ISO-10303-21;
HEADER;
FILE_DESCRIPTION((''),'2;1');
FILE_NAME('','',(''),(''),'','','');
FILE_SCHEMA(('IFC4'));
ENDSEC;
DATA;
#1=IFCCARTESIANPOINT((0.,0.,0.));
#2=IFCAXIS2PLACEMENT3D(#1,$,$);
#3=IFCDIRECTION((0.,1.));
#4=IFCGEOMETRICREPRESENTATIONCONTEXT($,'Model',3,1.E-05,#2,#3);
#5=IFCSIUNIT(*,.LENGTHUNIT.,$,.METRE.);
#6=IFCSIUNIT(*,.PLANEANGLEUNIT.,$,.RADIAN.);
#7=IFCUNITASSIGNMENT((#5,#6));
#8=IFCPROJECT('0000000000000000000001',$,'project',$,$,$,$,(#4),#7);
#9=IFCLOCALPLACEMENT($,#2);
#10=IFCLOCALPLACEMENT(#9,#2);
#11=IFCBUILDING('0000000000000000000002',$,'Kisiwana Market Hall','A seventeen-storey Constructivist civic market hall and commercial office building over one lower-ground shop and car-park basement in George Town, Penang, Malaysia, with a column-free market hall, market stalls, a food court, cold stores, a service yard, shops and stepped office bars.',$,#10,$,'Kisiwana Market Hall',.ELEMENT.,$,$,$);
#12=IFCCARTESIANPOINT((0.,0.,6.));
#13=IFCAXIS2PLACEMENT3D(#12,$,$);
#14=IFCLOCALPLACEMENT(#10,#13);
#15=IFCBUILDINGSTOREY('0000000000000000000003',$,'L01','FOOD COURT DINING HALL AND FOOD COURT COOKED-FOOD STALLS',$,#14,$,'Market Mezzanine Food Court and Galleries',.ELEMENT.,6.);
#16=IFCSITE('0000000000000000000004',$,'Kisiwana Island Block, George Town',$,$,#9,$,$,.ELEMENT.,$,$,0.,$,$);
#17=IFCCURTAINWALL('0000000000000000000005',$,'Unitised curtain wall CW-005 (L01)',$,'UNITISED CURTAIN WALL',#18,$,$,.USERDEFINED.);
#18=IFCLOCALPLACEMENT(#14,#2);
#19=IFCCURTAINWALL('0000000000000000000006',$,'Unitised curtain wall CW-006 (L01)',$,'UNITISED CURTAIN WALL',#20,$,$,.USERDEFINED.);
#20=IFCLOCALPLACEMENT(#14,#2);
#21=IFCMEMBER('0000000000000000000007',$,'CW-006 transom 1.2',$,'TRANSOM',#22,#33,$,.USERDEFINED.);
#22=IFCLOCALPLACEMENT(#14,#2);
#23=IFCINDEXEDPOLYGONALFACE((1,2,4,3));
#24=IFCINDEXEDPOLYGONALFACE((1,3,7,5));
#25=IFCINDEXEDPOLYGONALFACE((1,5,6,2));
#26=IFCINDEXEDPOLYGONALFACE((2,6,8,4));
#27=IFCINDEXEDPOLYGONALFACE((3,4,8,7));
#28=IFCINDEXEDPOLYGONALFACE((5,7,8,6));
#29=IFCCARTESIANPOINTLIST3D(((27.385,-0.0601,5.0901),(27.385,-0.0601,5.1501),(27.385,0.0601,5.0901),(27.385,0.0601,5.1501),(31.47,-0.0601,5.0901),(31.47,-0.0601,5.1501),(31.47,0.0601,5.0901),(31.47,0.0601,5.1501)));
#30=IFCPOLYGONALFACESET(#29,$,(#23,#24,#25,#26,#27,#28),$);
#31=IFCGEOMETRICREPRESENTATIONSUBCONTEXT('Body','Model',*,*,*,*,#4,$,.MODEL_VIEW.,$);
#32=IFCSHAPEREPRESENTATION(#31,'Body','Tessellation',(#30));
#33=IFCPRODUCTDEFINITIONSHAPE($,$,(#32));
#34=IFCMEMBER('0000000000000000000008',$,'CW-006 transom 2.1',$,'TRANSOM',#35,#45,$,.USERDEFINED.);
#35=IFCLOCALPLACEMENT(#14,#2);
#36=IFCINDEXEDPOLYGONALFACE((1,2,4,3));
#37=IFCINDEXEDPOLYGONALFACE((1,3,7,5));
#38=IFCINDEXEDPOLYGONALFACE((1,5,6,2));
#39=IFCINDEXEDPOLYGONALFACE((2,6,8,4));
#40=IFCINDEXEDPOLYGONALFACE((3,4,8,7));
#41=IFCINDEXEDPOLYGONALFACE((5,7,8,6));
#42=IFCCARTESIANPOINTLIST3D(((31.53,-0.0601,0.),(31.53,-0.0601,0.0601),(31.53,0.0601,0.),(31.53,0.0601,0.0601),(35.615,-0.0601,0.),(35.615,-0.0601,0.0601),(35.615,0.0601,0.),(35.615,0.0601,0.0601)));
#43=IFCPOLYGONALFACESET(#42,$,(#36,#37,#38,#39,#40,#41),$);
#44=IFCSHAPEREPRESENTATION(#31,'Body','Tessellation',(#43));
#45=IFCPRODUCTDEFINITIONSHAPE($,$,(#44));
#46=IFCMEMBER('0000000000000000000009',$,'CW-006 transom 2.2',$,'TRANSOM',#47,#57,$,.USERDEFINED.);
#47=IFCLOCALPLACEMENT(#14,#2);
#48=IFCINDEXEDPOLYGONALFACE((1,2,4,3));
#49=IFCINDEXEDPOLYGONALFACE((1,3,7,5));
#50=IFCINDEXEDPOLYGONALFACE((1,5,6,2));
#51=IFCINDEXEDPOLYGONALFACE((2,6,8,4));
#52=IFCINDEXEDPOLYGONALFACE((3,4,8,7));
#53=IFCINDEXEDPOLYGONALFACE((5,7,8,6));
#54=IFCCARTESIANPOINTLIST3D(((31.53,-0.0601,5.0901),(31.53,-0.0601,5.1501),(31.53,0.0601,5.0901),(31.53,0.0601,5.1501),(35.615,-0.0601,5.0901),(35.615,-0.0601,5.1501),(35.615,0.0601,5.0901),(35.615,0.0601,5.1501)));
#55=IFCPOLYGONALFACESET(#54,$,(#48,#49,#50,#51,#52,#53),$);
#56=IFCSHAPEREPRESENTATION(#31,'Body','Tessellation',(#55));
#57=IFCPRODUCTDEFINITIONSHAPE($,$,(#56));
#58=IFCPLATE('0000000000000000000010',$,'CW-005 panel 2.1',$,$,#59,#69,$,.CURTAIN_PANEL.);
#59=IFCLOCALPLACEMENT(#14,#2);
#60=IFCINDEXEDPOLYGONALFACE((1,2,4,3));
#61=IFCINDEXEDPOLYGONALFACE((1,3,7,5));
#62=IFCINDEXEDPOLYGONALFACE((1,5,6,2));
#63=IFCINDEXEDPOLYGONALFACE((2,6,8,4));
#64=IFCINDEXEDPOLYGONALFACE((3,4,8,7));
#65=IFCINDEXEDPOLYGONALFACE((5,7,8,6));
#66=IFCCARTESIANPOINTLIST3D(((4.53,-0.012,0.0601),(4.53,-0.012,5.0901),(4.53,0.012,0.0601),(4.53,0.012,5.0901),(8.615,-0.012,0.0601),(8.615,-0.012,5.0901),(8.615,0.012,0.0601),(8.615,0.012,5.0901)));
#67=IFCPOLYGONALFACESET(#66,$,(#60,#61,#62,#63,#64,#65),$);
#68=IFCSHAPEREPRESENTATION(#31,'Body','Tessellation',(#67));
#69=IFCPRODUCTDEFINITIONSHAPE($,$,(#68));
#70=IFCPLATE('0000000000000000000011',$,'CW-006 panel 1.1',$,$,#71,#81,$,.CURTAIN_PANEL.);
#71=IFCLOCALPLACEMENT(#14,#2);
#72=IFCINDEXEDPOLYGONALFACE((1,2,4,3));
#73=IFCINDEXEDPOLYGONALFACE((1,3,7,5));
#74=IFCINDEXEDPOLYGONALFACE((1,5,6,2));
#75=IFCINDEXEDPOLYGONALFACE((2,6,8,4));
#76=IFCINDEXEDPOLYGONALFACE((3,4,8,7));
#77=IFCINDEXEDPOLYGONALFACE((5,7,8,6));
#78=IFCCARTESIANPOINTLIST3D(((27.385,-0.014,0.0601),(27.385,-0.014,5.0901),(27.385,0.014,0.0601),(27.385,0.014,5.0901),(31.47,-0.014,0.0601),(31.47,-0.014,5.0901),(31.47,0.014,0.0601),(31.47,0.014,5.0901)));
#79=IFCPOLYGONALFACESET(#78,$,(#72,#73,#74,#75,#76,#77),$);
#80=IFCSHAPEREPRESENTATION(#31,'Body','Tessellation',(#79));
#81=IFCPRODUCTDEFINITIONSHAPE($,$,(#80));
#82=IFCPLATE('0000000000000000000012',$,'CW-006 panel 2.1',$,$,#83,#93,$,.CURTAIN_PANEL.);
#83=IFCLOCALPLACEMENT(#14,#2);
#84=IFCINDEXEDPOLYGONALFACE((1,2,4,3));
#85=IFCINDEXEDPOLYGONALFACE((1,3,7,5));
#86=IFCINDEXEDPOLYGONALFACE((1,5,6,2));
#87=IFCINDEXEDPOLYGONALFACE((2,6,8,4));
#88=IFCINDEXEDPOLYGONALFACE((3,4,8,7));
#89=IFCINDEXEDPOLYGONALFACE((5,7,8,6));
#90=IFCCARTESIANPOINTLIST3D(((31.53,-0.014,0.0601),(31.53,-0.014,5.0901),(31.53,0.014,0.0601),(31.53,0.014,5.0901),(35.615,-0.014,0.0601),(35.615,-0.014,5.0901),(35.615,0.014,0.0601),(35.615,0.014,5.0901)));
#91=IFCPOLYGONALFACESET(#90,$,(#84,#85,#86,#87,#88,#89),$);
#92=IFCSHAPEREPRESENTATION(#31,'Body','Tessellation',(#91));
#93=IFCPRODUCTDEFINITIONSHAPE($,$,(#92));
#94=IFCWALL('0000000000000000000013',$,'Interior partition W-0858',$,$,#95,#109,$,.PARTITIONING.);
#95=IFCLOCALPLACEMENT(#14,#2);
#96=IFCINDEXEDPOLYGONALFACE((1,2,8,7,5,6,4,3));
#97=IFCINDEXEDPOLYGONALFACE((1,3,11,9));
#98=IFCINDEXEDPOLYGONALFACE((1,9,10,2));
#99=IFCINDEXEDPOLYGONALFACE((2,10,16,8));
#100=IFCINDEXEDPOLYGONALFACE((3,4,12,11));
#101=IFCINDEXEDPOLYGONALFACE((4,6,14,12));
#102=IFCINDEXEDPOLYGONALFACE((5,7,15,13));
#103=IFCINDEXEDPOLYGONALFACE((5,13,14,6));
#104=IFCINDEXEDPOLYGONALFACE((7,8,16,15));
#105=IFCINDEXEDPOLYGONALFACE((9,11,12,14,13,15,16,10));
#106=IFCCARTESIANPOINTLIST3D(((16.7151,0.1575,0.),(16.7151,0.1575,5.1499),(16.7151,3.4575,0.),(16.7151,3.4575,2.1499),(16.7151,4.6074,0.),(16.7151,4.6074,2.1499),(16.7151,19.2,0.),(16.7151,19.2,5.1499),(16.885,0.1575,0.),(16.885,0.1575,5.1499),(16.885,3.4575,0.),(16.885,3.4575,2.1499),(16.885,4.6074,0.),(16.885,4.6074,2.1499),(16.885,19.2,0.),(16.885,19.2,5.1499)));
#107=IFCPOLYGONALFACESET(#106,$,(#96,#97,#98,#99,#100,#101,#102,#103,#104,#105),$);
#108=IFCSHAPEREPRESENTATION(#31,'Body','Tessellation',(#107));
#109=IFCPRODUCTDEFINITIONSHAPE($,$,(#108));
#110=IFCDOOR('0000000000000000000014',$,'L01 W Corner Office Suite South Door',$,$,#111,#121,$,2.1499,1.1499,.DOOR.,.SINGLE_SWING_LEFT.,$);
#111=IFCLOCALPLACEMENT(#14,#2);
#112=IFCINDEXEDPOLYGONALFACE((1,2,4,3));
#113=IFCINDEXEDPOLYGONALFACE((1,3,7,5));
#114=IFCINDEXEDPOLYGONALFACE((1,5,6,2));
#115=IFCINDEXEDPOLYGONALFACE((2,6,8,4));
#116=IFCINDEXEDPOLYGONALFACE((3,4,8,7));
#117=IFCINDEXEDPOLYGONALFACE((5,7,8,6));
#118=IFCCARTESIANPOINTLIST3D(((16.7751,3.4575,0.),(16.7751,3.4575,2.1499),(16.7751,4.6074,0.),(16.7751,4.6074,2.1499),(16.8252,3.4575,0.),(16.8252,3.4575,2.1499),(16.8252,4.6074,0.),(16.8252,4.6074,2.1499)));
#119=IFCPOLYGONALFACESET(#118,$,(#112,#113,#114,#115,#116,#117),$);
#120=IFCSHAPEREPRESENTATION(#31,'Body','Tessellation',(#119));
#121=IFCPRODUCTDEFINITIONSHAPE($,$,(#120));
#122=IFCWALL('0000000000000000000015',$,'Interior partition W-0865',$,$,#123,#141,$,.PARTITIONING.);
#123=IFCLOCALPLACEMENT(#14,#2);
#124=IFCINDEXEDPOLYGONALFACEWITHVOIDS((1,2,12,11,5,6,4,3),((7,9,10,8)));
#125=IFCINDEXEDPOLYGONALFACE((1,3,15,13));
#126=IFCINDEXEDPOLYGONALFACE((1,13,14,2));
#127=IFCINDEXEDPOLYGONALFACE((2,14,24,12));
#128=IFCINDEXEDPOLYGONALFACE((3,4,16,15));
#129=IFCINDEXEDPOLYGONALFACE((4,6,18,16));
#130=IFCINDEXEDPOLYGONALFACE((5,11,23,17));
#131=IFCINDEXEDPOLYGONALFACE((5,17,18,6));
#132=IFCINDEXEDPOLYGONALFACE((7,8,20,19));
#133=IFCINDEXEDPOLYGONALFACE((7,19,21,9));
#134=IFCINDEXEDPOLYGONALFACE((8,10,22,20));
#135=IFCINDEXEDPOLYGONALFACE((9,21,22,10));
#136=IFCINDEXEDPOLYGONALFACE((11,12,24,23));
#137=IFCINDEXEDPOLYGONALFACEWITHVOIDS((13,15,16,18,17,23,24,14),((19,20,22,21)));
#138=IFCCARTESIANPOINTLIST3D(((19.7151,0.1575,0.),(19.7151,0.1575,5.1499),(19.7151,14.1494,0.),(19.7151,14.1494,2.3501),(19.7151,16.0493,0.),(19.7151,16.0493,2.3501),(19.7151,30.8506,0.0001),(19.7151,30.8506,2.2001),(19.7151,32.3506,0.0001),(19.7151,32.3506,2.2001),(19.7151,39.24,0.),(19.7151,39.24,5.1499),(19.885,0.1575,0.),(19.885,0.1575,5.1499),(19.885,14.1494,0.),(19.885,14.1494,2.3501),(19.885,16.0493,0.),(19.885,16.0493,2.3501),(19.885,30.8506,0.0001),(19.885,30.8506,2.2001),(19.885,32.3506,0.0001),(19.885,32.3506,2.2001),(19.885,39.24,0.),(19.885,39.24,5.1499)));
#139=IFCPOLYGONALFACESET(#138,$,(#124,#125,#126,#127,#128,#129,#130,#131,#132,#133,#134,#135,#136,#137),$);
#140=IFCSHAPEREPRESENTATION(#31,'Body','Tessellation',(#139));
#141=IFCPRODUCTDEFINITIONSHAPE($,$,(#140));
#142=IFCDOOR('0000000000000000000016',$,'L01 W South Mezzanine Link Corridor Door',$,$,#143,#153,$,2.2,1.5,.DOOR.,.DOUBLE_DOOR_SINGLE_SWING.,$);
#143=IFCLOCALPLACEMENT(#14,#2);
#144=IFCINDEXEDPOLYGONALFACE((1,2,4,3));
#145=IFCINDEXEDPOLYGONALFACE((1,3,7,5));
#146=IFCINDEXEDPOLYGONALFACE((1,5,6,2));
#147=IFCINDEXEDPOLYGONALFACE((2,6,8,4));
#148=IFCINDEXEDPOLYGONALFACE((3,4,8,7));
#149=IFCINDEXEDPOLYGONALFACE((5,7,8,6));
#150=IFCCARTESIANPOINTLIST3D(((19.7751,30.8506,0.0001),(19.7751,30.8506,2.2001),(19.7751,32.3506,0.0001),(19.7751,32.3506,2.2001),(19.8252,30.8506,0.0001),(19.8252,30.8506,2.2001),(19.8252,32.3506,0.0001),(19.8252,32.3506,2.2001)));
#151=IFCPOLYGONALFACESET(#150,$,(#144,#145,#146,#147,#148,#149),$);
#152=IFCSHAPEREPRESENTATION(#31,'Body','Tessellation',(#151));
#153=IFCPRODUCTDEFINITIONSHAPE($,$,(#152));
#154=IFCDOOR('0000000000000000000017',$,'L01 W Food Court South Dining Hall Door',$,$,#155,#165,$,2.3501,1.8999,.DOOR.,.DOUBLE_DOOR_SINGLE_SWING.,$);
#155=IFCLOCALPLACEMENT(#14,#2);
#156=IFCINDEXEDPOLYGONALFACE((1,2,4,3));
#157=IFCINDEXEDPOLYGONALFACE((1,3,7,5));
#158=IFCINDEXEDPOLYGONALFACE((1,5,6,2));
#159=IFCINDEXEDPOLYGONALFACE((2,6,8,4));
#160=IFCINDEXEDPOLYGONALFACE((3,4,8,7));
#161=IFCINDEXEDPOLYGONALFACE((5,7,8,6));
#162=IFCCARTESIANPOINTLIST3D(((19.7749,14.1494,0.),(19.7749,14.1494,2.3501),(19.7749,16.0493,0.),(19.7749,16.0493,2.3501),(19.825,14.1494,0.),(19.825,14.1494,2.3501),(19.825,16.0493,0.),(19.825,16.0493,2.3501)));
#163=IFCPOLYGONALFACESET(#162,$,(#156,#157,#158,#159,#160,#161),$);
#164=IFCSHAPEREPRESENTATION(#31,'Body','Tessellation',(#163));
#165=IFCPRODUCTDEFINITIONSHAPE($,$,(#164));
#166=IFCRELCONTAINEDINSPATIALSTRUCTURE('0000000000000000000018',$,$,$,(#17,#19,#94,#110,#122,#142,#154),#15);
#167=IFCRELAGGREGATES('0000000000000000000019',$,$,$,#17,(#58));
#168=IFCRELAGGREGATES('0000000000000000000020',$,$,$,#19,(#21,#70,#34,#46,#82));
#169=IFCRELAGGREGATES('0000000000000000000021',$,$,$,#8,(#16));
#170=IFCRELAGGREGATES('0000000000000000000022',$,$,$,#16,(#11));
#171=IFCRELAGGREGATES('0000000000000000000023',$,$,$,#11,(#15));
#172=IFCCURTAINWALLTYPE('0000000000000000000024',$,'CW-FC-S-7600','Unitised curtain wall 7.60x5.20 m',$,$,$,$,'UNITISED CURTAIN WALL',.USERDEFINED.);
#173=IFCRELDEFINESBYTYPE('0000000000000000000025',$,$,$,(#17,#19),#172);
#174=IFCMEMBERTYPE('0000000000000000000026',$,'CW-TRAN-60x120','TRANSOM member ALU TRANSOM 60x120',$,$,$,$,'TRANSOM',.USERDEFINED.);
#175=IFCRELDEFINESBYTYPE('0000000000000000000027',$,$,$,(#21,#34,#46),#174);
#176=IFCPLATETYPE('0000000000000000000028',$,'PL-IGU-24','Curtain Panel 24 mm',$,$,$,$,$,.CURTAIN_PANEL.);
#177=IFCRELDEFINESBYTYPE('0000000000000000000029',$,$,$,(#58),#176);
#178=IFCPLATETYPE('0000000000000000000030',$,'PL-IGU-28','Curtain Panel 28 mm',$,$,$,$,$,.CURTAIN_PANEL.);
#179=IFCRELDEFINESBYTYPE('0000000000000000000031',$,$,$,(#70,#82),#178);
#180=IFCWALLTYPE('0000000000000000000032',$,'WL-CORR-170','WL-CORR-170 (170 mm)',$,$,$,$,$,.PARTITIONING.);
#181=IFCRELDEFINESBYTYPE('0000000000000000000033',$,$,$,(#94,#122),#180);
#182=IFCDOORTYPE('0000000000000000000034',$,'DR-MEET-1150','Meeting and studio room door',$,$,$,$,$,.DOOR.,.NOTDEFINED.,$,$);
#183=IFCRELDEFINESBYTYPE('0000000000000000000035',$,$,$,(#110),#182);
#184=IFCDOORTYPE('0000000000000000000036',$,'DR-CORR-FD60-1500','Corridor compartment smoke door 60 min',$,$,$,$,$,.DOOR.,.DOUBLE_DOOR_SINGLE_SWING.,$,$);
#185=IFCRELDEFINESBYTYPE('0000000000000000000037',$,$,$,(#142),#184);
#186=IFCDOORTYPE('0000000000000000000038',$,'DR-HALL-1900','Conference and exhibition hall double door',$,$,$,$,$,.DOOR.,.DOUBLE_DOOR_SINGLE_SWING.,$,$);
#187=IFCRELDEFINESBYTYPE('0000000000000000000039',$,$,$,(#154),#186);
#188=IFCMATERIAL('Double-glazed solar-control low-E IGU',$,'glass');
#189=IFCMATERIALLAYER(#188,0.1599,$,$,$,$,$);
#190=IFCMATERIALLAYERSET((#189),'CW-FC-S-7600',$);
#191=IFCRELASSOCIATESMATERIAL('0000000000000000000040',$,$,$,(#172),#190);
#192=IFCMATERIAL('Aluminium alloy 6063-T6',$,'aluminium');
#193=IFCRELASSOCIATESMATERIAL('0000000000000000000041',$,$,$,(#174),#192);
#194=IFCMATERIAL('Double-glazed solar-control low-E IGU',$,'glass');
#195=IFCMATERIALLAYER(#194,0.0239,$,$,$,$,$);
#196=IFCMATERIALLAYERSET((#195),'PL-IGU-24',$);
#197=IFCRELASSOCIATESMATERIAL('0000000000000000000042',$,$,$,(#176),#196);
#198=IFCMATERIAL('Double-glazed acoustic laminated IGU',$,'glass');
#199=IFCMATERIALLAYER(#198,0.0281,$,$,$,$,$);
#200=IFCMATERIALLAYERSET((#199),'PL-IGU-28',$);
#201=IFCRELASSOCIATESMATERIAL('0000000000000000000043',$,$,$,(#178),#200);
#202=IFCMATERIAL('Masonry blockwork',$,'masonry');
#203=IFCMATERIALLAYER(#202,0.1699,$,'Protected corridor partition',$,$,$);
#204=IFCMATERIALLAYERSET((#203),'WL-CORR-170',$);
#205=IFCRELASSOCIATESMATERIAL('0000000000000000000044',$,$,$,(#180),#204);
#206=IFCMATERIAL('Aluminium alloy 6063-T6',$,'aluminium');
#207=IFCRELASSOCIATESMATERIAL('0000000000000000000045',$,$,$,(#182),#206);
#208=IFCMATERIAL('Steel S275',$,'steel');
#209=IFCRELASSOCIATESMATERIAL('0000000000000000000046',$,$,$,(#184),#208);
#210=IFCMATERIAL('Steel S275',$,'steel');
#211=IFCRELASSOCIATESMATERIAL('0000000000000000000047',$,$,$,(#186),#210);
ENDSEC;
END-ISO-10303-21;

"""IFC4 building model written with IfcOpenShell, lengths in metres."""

from ifc_helpers import new_model, si_unit, direction, frame, frame_2d, origin, origin_2d, place, context, subcontext, project, spatial, rectangle, extrude, material, layer, layer_set, material_profile, profile_set, type_object, element, fill, aggregate, save


model = new_model("IFC4")

# Units and contexts
model_context = context("Model", 3, precision=1e-05, world=origin(), true_north=direction((0.0, 1.0)))
body_context = subcontext(model_context, "Body", "Model", "MODEL_VIEW")
ifc_project = project(units=[si_unit("LENGTHUNIT", "METRE"), si_unit("PLANEANGLEUNIT", "RADIAN")], contexts=[model_context])

# Site, building, storey
site_placement = place(None, origin())
site = spatial("IfcSite", under=ifc_project, at=site_placement, Name="Kisiwana Island Block, George Town", CompositionType="ELEMENT", RefElevation=0.0)
building_placement = place(site_placement, origin())
building = spatial("IfcBuilding", under=site, at=building_placement, Name="Kisiwana Market Hall", Description="A seventeen-storey Constructivist civic market hall and commercial office building over one lower-ground shop and car-park basement in George Town, Penang, Malaysia, with a column-free market hall, market stalls, a food court, cold stores, a service yard, shops and stepped office bars.", LongName="Kisiwana Market Hall", CompositionType="ELEMENT")
storey_placement = place(building_placement, frame((0.0, 0.0, 6.0)))
storey = spatial("IfcBuildingStorey", under=building, at=storey_placement, Name="L01", Description="FOOD COURT DINING HALL AND FOOD COURT COOKED-FOOD STALLS", LongName="Market Mezzanine Food Court and Galleries", CompositionType="ELEMENT", Elevation=6.0)

# Curtain wall
ifc_material_1 = material(Name="Double-glazed solar-control low-E IGU", Category="glass")
ifc_layer_1 = layer(ifc_material_1, 0.1599)
ifc_layer_set_1 = layer_set([ifc_layer_1], Name="CW-FC-S-7600")
curtain_wall_type = type_object("IfcCurtainWallType", Name="CW-FC-S-7600", Description="Unitised curtain wall 7.60x5.20 m", ElementType="UNITISED CURTAIN WALL", PredefinedType="USERDEFINED", material=ifc_layer_set_1)
curtain_wall_1_placement = place(storey_placement, origin())
curtain_wall_1 = element("IfcCurtainWall", 1, at=curtain_wall_1_placement, inside=storey, type_object=curtain_wall_type, Name="Unitised curtain wall CW-005 (L01)", ObjectType="UNITISED CURTAIN WALL", PredefinedType="USERDEFINED")

# Curtain wall, members
curtain_wall_2_placement = place(storey_placement, origin())
curtain_wall_2 = element("IfcCurtainWall", 2, at=curtain_wall_2_placement, inside=storey, type_object=curtain_wall_type, Name="Unitised curtain wall CW-006 (L01)", ObjectType="UNITISED CURTAIN WALL", PredefinedType="USERDEFINED")
ifc_material_2 = material(Name="Aluminium alloy 6063-T6", Category="aluminium")
ifc_material_profile_1 = material_profile(ifc_material_2, rectangle(XDim=0.1201, YDim=0.0601, at=origin_2d()), Name="ALU TRANSOM 60x120")
ifc_profile_set_1 = profile_set([ifc_material_profile_1], Name="Aluminium alloy 6063-T6")
member_type_1 = type_object("IfcMemberType", Name="CW-TRAN-60x120", Description="TRANSOM member ALU TRANSOM 60x120", ElementType="TRANSOM", PredefinedType="USERDEFINED", material=ifc_profile_set_1)
member_1_placement = place(storey_placement, frame((27.385, 0.0, 5.1201), z_axis=(1.0, 0.0, 0.0), x_axis=(0.0, 1.0, 0.0)))
member_1 = element("IfcMember", 3, at=member_1_placement, type_object=member_type_1, Name="CW-006 transom 1.2", ObjectType="TRANSOM", PredefinedType="USERDEFINED", context=body_context, shape_type="SweptSolid", body=[
    extrude(rectangle(XDim=0.1201, YDim=0.0601, at=origin_2d()), origin(), (0.0, 0.0, 1.0), 4.085),
])
member_2_placement = place(storey_placement, frame((31.53, 0.0, 0.03), z_axis=(1.0, 0.0, 0.0), x_axis=(0.0, 1.0, 0.0)))
member_2 = element("IfcMember", 4, at=member_2_placement, type_object=member_type_1, Name="CW-006 transom 2.1", ObjectType="TRANSOM", PredefinedType="USERDEFINED", context=body_context, shape_type="SweptSolid", body=[
    extrude(rectangle(XDim=0.1201, YDim=0.0601, at=origin_2d()), origin(), (0.0, 0.0, 1.0), 4.085),
])
member_3_placement = place(storey_placement, frame((31.53, 0.0, 5.1201), z_axis=(1.0, 0.0, 0.0), x_axis=(0.0, 1.0, 0.0)))
member_3 = element("IfcMember", 5, at=member_3_placement, type_object=member_type_1, Name="CW-006 transom 2.2", ObjectType="TRANSOM", PredefinedType="USERDEFINED", context=body_context, shape_type="SweptSolid", body=[
    extrude(rectangle(XDim=0.1201, YDim=0.0601, at=origin_2d()), origin(), (0.0, 0.0, 1.0), 4.085),
])

# Plates
ifc_material_3 = material(Name="Double-glazed solar-control low-E IGU", Category="glass")
ifc_layer_2 = layer(ifc_material_3, 0.0239)
ifc_layer_set_2 = layer_set([ifc_layer_2], Name="PL-IGU-24")
plate_type_1 = type_object("IfcPlateType", Name="PL-IGU-24", Description="Curtain Panel 24 mm", PredefinedType="CURTAIN_PANEL", material=ifc_layer_set_2)
plate_1_placement = place(storey_placement, frame((6.5725, 0.0, 0.0601), z_axis=(0.0, 0.0, 1.0), x_axis=(1.0, 0.0, 0.0)))
plate_1 = element("IfcPlate", 6, at=plate_1_placement, type_object=plate_type_1, Name="CW-005 panel 2.1", PredefinedType="CURTAIN_PANEL", context=body_context, shape_type="SweptSolid", body=[
    extrude(rectangle(XDim=4.085, YDim=0.0239, at=origin_2d()), origin(), (0.0, 0.0, 1.0), 5.03),
])
aggregate(curtain_wall_1, [plate_1])
ifc_material_4 = material(Name="Double-glazed acoustic laminated IGU", Category="glass")
ifc_layer_3 = layer(ifc_material_4, 0.0281)
ifc_layer_set_3 = layer_set([ifc_layer_3], Name="PL-IGU-28")
plate_type_2 = type_object("IfcPlateType", Name="PL-IGU-28", Description="Curtain Panel 28 mm", PredefinedType="CURTAIN_PANEL", material=ifc_layer_set_3)
plate_2_placement = place(storey_placement, frame((29.4275, 0.0, 0.0601), z_axis=(0.0, 0.0, 1.0), x_axis=(1.0, 0.0, 0.0)))
plate_2 = element("IfcPlate", 7, at=plate_2_placement, type_object=plate_type_2, Name="CW-006 panel 1.1", PredefinedType="CURTAIN_PANEL", context=body_context, shape_type="SweptSolid", body=[
    extrude(rectangle(XDim=4.085, YDim=0.0281, at=origin_2d()), origin(), (0.0, 0.0, 1.0), 5.03),
])
plate_3_placement = place(storey_placement, frame((33.5725, 0.0, 0.0601), z_axis=(0.0, 0.0, 1.0), x_axis=(1.0, 0.0, 0.0)))
plate_3 = element("IfcPlate", 8, at=plate_3_placement, type_object=plate_type_2, Name="CW-006 panel 2.1", PredefinedType="CURTAIN_PANEL", context=body_context, shape_type="SweptSolid", body=[
    extrude(rectangle(XDim=4.085, YDim=0.0281, at=origin_2d()), origin(), (0.0, 0.0, 1.0), 5.03),
])
aggregate(curtain_wall_2, [member_1, plate_2, member_2, member_3, plate_3])

# Wall, opening, door
ifc_material_5 = material(Name="Masonry blockwork", Category="masonry")
ifc_layer_4 = layer(ifc_material_5, 0.1699, Name="Protected corridor partition")
ifc_layer_set_4 = layer_set([ifc_layer_4], Name="WL-CORR-170")
wall_type_1 = type_object("IfcWallType", Name="WL-CORR-170", Description="WL-CORR-170 (170 mm)", PredefinedType="PARTITIONING", material=ifc_layer_set_4)
wall_1_placement = place(storey_placement, frame((16.8, 0.1575, 0.0), z_axis=(0.0, 0.0, 1.0), x_axis=(0.0, 1.0, 0.0)))
wall_1 = element("IfcWall", 9, at=wall_1_placement, inside=storey, type_object=wall_type_1, Name="Interior partition W-0858", PredefinedType="PARTITIONING", context=body_context, shape_type="SweptSolid", body=[
    extrude(rectangle(XDim=19.0425, YDim=0.1699, at=frame_2d((9.5212, 0.0))), origin(), (0.0, 0.0, 1.0), 5.1499),
])
opening_1_placement = place(wall_1_placement, frame((3.3, 0.0, 0.0)))
opening_1 = element("IfcOpeningElement", 10, at=opening_1_placement, cuts=wall_1, PredefinedType="OPENING", context=body_context, shape_type="SweptSolid", body=[
    extrude(rectangle(XDim=1.1499, YDim=2.1499, at=frame_2d((0.575, 1.075))), frame((0.0, 0.0969, 0.0), z_axis=(0.0, -1.0, 0.0), x_axis=(1.0, 0.0, 0.0)), (0.0, 0.0, 1.0), 0.1938),
])
ifc_material_6 = material(Name="Aluminium alloy 6063-T6", Category="aluminium")
door_type_1 = type_object("IfcDoorType", Name="DR-MEET-1150", Description="Meeting and studio room door", OperationType="NOTDEFINED", PredefinedType="DOOR", material=ifc_material_6)
door_1_placement = place(opening_1_placement, origin())
door_1 = element("IfcDoor", 11, at=door_1_placement, inside=storey, type_object=door_type_1, Name="L01 W Corner Office Suite South Door", OperationType="SINGLE_SWING_LEFT", OverallHeight=2.1499, OverallWidth=1.1499, PredefinedType="DOOR", context=body_context, shape_type="SweptSolid", body=[
    extrude(rectangle(XDim=1.1499, YDim=2.1499, at=frame_2d((0.575, 1.075))), frame((0.0, 0.0249, 0.0), z_axis=(0.0, -1.0, 0.0), x_axis=(1.0, 0.0, 0.0)), (0.0, 0.0, 1.0), 0.05),
])
fill(opening_1, door_1)

# Wall, openings, doors
wall_2_placement = place(storey_placement, frame((19.8, 0.1575, 0.0), z_axis=(0.0, 0.0, 1.0), x_axis=(0.0, 1.0, 0.0)))
wall_2 = element("IfcWall", 12, at=wall_2_placement, inside=storey, type_object=wall_type_1, Name="Interior partition W-0865", PredefinedType="PARTITIONING", context=body_context, shape_type="SweptSolid", body=[
    extrude(rectangle(XDim=39.0825, YDim=0.1699, at=frame_2d((19.5413, 0.0))), origin(), (0.0, 0.0, 1.0), 5.1499),
])
opening_2_placement = place(wall_2_placement, frame((13.9919, 0.0, 0.0)))
opening_2 = element("IfcOpeningElement", 13, at=opening_2_placement, cuts=wall_2, PredefinedType="OPENING", context=body_context, shape_type="SweptSolid", body=[
    extrude(rectangle(XDim=1.8999, YDim=2.3501, at=frame_2d((0.95, 1.175))), frame((0.0, 0.0969, 0.0), z_axis=(0.0, -1.0, 0.0), x_axis=(1.0, 0.0, 0.0)), (0.0, 0.0, 1.0), 0.1938),
])
opening_3_placement = place(wall_2_placement, frame((30.6931, 0.0, 0.0)))
opening_3 = element("IfcOpeningElement", 14, at=opening_3_placement, cuts=wall_2, PredefinedType="OPENING", context=body_context, shape_type="SweptSolid", body=[
    extrude(rectangle(XDim=1.5, YDim=2.2, at=frame_2d((0.75, 1.1001))), frame((0.0, 0.0969, 0.0), z_axis=(0.0, -1.0, 0.0), x_axis=(1.0, 0.0, 0.0)), (0.0, 0.0, 1.0), 0.1938),
])
ifc_material_7 = material(Name="Steel S275", Category="steel")
door_type_2 = type_object("IfcDoorType", Name="DR-CORR-FD60-1500", Description="Corridor compartment smoke door 60 min", OperationType="DOUBLE_DOOR_SINGLE_SWING", PredefinedType="DOOR", material=ifc_material_7)
door_2_placement = place(opening_3_placement, origin())
door_2 = element("IfcDoor", 15, at=door_2_placement, inside=storey, type_object=door_type_2, Name="L01 W South Mezzanine Link Corridor Door", OperationType="DOUBLE_DOOR_SINGLE_SWING", OverallHeight=2.2, OverallWidth=1.5, PredefinedType="DOOR", context=body_context, shape_type="SweptSolid", body=[
    extrude(rectangle(XDim=1.5, YDim=2.2, at=frame_2d((0.75, 1.1001))), frame((0.0, 0.0249, 0.0), z_axis=(0.0, -1.0, 0.0), x_axis=(1.0, 0.0, 0.0)), (0.0, 0.0, 1.0), 0.05),
])
fill(opening_3, door_2)
ifc_material_8 = material(Name="Steel S275", Category="steel")
door_type_3 = type_object("IfcDoorType", Name="DR-HALL-1900", Description="Conference and exhibition hall double door", OperationType="DOUBLE_DOOR_SINGLE_SWING", PredefinedType="DOOR", material=ifc_material_8)
door_3_placement = place(opening_2_placement, frame((1.8999, 0.0, 0.0), z_axis=(0.0, 0.0, 1.0), x_axis=(-1.0, 0.0, 0.0)))
door_3 = element("IfcDoor", 16, at=door_3_placement, inside=storey, type_object=door_type_3, Name="L01 W Food Court South Dining Hall Door", OperationType="DOUBLE_DOOR_SINGLE_SWING", OverallHeight=2.3501, OverallWidth=1.8999, PredefinedType="DOOR", context=body_context, shape_type="SweptSolid", body=[
    extrude(rectangle(XDim=1.8999, YDim=2.3501, at=frame_2d((0.95, 1.175))), frame((0.0, 0.0249, 0.0), z_axis=(0.0, -1.0, 0.0), x_axis=(1.0, 0.0, 0.0)), (0.0, 0.0, 1.0), 0.05),
])
fill(opening_2, door_3)

save(model, "model.ifc")
